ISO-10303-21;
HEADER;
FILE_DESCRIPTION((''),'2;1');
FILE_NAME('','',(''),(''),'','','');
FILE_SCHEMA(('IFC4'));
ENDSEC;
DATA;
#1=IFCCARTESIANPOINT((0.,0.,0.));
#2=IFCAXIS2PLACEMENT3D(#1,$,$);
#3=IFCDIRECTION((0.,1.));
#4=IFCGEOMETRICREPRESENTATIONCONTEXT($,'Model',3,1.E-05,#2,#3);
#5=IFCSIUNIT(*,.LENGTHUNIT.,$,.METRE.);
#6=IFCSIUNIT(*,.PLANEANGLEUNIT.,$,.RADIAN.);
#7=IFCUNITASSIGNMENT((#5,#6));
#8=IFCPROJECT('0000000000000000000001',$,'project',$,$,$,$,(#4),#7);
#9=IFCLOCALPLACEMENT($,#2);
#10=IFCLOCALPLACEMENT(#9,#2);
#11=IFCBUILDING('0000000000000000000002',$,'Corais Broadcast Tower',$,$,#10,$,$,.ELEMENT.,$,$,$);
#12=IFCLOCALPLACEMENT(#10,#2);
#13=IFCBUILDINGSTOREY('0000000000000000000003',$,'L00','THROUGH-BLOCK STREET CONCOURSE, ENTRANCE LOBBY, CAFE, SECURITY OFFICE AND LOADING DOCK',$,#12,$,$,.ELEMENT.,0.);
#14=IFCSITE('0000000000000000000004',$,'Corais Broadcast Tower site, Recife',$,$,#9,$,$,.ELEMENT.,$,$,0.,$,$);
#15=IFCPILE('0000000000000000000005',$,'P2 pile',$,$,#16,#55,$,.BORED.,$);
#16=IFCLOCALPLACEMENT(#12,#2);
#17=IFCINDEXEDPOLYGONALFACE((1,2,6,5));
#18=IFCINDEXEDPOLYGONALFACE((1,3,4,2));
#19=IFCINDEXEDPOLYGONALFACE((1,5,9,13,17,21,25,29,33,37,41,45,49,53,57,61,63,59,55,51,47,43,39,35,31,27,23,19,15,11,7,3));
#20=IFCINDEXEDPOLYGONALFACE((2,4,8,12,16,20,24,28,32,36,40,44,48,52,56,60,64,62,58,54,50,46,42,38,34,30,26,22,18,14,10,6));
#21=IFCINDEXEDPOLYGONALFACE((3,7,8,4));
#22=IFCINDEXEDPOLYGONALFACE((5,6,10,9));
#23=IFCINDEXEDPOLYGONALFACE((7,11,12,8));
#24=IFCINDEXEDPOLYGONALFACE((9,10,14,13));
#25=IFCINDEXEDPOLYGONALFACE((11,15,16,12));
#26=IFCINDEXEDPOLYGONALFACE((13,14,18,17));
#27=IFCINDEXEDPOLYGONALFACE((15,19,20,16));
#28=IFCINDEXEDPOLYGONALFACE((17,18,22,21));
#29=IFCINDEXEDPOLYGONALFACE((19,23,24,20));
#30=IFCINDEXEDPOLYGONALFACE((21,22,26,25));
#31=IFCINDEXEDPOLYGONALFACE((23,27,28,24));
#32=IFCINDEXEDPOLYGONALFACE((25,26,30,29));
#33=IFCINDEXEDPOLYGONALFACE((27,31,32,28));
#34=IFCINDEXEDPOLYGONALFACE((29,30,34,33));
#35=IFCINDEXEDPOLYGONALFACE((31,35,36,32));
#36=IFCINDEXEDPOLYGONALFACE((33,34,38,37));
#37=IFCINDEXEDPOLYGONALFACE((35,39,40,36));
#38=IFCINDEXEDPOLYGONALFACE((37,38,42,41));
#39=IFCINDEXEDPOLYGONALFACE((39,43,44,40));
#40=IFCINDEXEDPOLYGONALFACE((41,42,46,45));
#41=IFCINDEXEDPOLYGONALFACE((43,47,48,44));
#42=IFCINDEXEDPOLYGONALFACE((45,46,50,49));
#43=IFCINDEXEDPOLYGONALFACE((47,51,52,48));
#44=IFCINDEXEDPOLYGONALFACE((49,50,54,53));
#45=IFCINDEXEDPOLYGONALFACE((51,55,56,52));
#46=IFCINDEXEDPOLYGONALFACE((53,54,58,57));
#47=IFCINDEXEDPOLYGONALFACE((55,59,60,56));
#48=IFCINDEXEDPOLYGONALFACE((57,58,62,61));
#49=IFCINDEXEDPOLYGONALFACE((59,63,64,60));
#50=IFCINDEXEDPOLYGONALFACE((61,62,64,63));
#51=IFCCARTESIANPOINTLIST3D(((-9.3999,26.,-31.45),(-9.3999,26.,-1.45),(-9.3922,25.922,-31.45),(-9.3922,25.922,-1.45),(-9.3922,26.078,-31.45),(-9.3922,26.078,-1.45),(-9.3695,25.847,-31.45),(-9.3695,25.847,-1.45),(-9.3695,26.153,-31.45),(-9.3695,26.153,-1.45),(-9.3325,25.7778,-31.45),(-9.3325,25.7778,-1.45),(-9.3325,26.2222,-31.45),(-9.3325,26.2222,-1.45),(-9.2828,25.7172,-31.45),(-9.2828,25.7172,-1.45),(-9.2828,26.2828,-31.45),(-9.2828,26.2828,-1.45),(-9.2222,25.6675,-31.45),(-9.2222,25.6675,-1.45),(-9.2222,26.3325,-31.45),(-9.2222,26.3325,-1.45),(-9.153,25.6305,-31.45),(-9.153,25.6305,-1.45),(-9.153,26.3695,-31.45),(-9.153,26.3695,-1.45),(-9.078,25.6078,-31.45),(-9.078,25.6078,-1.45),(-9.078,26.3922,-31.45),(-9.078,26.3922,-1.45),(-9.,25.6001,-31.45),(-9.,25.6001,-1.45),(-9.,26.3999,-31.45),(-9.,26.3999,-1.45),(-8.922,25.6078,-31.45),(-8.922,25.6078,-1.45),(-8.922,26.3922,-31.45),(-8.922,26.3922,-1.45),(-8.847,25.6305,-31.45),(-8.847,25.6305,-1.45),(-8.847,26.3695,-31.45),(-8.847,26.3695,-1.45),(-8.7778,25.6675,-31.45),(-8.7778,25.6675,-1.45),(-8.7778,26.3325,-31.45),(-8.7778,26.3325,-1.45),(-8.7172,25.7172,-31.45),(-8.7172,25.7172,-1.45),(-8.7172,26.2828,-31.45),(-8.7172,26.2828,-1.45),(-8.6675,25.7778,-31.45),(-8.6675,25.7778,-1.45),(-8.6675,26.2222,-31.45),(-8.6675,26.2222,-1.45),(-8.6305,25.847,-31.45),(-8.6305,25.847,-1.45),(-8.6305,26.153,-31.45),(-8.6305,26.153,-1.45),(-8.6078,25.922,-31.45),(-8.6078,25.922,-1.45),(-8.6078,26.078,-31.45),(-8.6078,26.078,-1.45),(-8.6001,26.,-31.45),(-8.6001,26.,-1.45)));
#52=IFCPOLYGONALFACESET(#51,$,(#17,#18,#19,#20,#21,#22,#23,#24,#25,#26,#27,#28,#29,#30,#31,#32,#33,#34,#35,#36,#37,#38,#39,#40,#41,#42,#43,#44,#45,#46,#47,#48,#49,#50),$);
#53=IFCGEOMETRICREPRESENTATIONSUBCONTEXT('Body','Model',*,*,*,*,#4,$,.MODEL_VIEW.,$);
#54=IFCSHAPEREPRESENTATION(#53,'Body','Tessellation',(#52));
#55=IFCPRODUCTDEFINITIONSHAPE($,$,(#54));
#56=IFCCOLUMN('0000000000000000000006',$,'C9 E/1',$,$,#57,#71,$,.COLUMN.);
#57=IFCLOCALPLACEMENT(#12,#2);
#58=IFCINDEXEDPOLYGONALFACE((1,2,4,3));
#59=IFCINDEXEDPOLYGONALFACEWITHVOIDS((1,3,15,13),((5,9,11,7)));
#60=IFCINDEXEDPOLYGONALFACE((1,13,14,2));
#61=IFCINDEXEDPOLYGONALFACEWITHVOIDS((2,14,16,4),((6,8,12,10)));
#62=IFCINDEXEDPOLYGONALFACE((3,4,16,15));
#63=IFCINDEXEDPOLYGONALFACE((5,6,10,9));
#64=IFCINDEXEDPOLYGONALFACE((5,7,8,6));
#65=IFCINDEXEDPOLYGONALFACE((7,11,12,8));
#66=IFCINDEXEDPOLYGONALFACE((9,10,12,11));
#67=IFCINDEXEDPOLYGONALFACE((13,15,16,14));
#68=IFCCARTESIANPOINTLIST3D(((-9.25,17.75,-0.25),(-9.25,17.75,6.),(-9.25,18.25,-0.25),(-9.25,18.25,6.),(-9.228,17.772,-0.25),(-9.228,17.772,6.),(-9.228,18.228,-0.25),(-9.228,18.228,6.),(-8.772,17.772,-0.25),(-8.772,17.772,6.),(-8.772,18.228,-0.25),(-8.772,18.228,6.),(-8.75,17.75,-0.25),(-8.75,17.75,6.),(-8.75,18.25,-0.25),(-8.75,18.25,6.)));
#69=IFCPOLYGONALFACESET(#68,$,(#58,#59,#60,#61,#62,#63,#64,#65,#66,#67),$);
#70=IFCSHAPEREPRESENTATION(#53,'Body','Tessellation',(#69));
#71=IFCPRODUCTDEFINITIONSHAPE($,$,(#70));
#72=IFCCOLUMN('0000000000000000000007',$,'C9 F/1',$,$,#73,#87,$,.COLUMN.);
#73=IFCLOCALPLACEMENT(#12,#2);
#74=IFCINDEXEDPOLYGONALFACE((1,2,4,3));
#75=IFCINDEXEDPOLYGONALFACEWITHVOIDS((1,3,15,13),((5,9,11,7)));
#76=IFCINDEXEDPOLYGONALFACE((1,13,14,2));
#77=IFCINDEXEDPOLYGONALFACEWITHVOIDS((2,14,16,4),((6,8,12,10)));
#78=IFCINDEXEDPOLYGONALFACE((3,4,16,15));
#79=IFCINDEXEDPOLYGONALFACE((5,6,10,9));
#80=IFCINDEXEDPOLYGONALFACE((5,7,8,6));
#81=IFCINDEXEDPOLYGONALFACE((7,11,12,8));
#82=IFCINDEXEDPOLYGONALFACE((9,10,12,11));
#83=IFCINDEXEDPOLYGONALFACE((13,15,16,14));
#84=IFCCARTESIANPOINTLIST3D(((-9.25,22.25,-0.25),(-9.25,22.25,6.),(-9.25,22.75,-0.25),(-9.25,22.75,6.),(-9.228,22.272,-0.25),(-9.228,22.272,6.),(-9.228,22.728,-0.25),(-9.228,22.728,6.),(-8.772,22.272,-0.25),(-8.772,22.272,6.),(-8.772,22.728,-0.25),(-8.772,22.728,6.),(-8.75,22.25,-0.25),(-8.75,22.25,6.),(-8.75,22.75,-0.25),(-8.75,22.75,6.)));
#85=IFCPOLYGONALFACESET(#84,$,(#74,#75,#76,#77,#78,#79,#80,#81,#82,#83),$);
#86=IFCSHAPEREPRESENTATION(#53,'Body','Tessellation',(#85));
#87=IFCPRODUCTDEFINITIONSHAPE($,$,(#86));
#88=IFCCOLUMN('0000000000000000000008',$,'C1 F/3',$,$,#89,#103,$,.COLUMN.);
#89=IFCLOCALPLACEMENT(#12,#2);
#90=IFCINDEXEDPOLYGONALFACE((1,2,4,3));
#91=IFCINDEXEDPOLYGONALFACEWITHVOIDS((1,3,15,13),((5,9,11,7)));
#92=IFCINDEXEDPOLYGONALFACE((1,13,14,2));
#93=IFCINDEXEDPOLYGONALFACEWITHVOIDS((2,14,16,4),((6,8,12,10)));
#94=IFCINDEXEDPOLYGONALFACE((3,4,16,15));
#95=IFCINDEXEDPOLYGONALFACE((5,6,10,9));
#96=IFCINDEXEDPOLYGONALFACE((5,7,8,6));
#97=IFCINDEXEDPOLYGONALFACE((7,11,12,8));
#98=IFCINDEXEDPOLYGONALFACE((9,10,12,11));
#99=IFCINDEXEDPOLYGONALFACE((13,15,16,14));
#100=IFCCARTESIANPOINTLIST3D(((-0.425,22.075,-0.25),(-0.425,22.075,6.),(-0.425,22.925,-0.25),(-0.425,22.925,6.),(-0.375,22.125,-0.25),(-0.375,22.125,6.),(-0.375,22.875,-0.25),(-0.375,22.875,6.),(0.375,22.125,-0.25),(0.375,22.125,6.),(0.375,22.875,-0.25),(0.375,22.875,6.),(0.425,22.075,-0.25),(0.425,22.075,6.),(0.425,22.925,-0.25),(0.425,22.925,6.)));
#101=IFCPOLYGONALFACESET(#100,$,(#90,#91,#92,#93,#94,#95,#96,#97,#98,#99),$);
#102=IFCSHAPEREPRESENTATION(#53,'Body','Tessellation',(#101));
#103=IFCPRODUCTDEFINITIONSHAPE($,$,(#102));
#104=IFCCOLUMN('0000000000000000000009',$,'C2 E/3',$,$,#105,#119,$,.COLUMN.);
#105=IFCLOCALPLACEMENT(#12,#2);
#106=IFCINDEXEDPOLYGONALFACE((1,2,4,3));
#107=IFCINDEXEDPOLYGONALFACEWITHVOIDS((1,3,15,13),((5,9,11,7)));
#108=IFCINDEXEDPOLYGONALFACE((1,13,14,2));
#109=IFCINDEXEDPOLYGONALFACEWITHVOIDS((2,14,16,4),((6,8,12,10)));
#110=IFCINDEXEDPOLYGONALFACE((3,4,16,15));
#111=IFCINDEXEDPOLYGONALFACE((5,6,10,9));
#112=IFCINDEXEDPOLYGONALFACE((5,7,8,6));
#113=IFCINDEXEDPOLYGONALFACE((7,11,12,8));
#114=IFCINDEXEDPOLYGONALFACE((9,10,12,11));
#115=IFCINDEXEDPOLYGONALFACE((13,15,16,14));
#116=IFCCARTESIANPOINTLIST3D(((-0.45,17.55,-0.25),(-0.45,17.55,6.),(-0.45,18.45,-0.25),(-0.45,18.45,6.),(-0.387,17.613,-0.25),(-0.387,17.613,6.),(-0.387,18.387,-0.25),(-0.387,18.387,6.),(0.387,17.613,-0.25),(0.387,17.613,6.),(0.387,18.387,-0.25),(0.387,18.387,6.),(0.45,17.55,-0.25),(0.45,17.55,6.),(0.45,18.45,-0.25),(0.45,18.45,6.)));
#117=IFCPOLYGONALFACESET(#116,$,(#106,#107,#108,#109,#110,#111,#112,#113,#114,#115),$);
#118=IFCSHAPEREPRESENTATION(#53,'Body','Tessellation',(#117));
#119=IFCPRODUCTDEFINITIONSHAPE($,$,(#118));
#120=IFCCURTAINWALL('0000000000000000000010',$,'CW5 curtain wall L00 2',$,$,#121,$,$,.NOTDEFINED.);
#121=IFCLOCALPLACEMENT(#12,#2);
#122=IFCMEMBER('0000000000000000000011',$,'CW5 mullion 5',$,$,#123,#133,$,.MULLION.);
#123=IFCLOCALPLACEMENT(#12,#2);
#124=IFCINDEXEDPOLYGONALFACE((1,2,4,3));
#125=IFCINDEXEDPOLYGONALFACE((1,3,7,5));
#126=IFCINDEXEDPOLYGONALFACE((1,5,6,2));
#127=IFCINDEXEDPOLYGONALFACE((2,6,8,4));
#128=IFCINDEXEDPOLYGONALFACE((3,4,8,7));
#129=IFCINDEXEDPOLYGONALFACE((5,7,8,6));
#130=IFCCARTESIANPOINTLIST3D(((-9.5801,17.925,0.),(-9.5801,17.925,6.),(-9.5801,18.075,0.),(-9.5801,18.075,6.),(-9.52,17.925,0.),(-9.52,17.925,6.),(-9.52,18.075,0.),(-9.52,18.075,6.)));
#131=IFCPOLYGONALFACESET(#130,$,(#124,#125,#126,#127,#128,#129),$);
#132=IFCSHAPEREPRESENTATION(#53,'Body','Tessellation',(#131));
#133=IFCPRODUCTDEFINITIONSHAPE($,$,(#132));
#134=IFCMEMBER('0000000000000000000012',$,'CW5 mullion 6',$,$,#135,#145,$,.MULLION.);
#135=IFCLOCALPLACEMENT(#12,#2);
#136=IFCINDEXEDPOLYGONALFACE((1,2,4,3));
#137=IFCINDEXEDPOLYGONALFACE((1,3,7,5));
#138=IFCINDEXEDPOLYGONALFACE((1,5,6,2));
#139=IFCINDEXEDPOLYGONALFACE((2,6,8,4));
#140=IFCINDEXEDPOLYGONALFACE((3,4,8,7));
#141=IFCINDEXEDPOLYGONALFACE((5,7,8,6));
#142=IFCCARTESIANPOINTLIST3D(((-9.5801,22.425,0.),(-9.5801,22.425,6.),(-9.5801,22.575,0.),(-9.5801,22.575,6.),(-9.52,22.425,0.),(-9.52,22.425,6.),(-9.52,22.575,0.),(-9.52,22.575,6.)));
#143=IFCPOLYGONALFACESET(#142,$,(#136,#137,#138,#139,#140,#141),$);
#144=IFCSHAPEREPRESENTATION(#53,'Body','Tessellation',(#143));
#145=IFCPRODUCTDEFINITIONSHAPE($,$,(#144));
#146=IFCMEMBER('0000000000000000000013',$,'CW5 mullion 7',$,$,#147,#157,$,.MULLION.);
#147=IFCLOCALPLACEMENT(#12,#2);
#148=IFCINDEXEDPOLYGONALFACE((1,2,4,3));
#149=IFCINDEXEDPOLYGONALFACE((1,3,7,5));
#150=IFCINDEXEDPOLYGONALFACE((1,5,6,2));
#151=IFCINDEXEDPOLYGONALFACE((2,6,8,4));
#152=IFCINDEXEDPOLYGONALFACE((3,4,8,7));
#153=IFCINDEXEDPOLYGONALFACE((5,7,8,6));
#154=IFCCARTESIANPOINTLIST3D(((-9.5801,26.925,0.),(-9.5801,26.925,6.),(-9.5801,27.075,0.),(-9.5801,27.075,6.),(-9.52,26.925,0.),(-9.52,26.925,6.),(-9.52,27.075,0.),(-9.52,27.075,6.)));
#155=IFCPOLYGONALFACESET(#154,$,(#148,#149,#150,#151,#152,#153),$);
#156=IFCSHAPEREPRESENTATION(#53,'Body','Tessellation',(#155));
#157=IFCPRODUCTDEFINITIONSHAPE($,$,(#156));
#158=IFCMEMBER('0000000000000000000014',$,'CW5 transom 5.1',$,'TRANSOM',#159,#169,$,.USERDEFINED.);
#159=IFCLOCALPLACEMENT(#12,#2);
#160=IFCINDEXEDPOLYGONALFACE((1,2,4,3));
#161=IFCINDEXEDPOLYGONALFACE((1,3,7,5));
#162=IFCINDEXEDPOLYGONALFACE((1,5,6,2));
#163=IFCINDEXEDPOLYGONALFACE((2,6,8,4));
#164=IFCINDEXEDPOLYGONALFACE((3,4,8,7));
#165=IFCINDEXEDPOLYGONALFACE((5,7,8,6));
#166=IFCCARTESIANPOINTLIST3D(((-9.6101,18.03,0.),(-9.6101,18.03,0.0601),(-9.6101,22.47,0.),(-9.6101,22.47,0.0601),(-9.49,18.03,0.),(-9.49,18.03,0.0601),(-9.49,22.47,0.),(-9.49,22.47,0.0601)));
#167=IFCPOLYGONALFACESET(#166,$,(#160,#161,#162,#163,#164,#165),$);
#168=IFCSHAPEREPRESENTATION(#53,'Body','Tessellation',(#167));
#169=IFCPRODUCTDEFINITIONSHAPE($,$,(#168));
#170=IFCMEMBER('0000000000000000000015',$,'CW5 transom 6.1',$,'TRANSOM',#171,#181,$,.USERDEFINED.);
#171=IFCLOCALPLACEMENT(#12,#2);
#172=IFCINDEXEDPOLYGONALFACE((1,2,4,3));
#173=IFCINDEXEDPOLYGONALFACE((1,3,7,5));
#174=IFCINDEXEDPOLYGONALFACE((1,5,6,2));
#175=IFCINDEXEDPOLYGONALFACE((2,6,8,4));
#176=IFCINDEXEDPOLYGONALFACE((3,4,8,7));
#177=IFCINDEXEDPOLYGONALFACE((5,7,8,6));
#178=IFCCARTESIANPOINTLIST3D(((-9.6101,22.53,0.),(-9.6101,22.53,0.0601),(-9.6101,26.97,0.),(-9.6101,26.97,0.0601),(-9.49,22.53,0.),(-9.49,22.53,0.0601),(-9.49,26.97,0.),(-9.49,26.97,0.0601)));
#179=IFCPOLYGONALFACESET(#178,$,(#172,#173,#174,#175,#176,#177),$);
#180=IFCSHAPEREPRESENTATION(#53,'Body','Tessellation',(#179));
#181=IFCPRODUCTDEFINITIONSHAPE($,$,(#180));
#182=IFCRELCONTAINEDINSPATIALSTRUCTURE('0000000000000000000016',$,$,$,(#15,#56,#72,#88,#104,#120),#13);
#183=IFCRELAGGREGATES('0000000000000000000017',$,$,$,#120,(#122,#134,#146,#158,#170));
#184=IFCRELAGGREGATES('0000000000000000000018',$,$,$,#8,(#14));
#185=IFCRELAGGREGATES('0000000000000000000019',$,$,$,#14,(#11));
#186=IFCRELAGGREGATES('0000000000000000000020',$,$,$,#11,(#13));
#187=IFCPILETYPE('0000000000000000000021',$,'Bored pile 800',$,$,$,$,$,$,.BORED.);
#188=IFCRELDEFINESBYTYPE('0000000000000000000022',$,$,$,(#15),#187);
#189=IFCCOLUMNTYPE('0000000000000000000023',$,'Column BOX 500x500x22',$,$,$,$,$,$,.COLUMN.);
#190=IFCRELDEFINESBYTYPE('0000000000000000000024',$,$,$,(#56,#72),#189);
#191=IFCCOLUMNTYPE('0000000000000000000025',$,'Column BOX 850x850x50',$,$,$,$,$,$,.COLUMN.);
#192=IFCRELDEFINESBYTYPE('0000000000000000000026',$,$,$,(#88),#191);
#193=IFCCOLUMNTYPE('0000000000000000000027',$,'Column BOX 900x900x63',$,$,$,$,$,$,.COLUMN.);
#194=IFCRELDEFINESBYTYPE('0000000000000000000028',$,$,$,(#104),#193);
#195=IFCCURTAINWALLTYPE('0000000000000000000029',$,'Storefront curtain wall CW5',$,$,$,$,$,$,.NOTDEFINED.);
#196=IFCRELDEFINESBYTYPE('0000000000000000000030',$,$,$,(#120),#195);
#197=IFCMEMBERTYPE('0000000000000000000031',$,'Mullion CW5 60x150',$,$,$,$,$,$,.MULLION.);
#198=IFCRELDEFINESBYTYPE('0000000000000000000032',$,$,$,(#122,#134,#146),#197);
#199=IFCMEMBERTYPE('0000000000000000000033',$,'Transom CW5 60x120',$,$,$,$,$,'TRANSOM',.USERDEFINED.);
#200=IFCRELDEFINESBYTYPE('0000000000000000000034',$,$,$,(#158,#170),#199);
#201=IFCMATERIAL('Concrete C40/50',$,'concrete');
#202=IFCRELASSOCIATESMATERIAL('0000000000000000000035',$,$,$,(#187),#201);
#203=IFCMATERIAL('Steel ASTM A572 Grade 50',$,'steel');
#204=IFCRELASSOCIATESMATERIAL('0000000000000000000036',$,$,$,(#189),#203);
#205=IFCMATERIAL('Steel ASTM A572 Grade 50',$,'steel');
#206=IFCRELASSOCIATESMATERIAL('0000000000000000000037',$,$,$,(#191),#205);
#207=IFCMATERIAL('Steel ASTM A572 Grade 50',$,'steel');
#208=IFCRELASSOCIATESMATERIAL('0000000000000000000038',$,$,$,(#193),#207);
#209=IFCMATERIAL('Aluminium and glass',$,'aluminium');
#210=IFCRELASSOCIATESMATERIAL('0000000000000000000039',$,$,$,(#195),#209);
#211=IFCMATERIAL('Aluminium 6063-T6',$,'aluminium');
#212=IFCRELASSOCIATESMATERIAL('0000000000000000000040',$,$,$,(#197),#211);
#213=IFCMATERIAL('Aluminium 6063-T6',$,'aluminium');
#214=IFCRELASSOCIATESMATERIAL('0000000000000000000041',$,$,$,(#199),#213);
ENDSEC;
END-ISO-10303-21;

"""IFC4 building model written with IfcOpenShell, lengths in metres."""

from ifc_helpers import new_model, si_unit, direction, frame, origin, origin_2d, place, context, subcontext, project, spatial, rectangle, hollow_rectangle, circle, extrude, material, material_profile, profile_set, type_object, element, aggregate, save


model = new_model("IFC4")

# Units and contexts
model_context = context("Model", 3, precision=1e-05, world=origin(), true_north=direction((0.0, 1.0)))
body_context = subcontext(model_context, "Body", "Model", "MODEL_VIEW")
ifc_project = project(units=[si_unit("LENGTHUNIT", "METRE"), si_unit("PLANEANGLEUNIT", "RADIAN")], contexts=[model_context])

# Site, building, storey
site_placement = place(None, origin())
site = spatial("IfcSite", under=ifc_project, at=site_placement, Name="Corais Broadcast Tower site, Recife", CompositionType="ELEMENT", RefElevation=0.0)
building_placement = place(site_placement, origin())
building = spatial("IfcBuilding", under=site, at=building_placement, Name="Corais Broadcast Tower", CompositionType="ELEMENT")
storey_placement = place(building_placement, origin())
storey = spatial("IfcBuildingStorey", under=building, at=storey_placement, Name="L00", Description="THROUGH-BLOCK STREET CONCOURSE, ENTRANCE LOBBY, CAFE, SECURITY OFFICE AND LOADING DOCK", CompositionType="ELEMENT", Elevation=0.0)

# Pile
ifc_material_1 = material(Name="Concrete C40/50", Category="concrete")
pile_type_1 = type_object("IfcPileType", Name="Bored pile 800", PredefinedType="BORED", material=ifc_material_1)
for number, where, z_axis, x_axis, name in (
    (1, (-9.0, 26.0, -1.45), (0.0, 0.0, -1.0), (1.0, 0.0, 0.0), "P2 pile"),
):
    element("IfcPile", number, at=place(storey_placement, frame(where, z_axis=z_axis, x_axis=x_axis)), inside=storey, type_object=pile_type_1, Name=name, PredefinedType="BORED", context=body_context, shape_type="SweptSolid", body=[
        extrude(circle(Radius=0.3999, at=origin_2d()), origin(), (0.0, 0.0, 1.0), 30.0),
    ])

# Columns
ifc_material_2 = material(Name="Steel ASTM A572 Grade 50", Category="steel")
ifc_material_profile_1 = material_profile(ifc_material_2, hollow_rectangle(XDim=0.5, YDim=0.5, WallThickness=0.022, at=origin_2d()), Name="BOX 500x500x22")
ifc_profile_set_1 = profile_set([ifc_material_profile_1], Name="Steel ASTM A572 Grade 50")
column_type_1 = type_object("IfcColumnType", Name="Column BOX 500x500x22", PredefinedType="COLUMN", material=ifc_profile_set_1)
for number, where, z_axis, x_axis, name in (
    (2, (-9.0, 18.0, -0.25), (0.0, 0.0, 1.0), (1.0, 0.0, 0.0), "C9 E/1"),
    (3, (-9.0, 22.5, -0.25), (0.0, 0.0, 1.0), (1.0, 0.0, 0.0), "C9 F/1"),
):
    element("IfcColumn", number, at=place(storey_placement, frame(where, z_axis=z_axis, x_axis=x_axis)), inside=storey, type_object=column_type_1, Name=name, PredefinedType="COLUMN", context=body_context, shape_type="SweptSolid", body=[
        extrude(hollow_rectangle(XDim=0.5, YDim=0.5, WallThickness=0.022, at=origin_2d()), origin(), (0.0, 0.0, 1.0), 6.25),
    ])
ifc_material_3 = material(Name="Steel ASTM A572 Grade 50", Category="steel")
ifc_material_profile_2 = material_profile(ifc_material_3, hollow_rectangle(XDim=0.8501, YDim=0.8501, WallThickness=0.05, at=origin_2d()), Name="BOX 850x850x50")
ifc_profile_set_2 = profile_set([ifc_material_profile_2], Name="Steel ASTM A572 Grade 50")
column_type_2 = type_object("IfcColumnType", Name="Column BOX 850x850x50", PredefinedType="COLUMN", material=ifc_profile_set_2)
column_1_placement = place(storey_placement, frame((0.0, 22.5, -0.25), z_axis=(0.0, 0.0, 1.0), x_axis=(1.0, 0.0, 0.0)))
element("IfcColumn", 4, at=column_1_placement, inside=storey, type_object=column_type_2, Name="C1 F/3", PredefinedType="COLUMN", context=body_context, shape_type="SweptSolid", body=[
    extrude(hollow_rectangle(XDim=0.8501, YDim=0.8501, WallThickness=0.05, at=origin_2d()), origin(), (0.0, 0.0, 1.0), 6.25),
])
ifc_material_4 = material(Name="Steel ASTM A572 Grade 50", Category="steel")
ifc_material_profile_3 = material_profile(ifc_material_4, hollow_rectangle(XDim=0.8999, YDim=0.8999, WallThickness=0.063, at=origin_2d()), Name="BOX 900x900x63")
ifc_profile_set_3 = profile_set([ifc_material_profile_3], Name="Steel ASTM A572 Grade 50")
column_type_3 = type_object("IfcColumnType", Name="Column BOX 900x900x63", PredefinedType="COLUMN", material=ifc_profile_set_3)
column_2_placement = place(storey_placement, frame((0.0, 18.0, -0.25), z_axis=(0.0, 0.0, 1.0), x_axis=(1.0, 0.0, 0.0)))
element("IfcColumn", 5, at=column_2_placement, inside=storey, type_object=column_type_3, Name="C2 E/3", PredefinedType="COLUMN", context=body_context, shape_type="SweptSolid", body=[
    extrude(hollow_rectangle(XDim=0.8999, YDim=0.8999, WallThickness=0.063, at=origin_2d()), origin(), (0.0, 0.0, 1.0), 6.25),
])

# Curtain wall, members
ifc_material_5 = material(Name="Aluminium and glass", Category="aluminium")
curtain_wall_type = type_object("IfcCurtainWallType", Name="Storefront curtain wall CW5", PredefinedType="NOTDEFINED", material=ifc_material_5)
curtain_wall_placement = place(storey_placement, origin())
curtain_wall = element("IfcCurtainWall", 6, at=curtain_wall_placement, inside=storey, type_object=curtain_wall_type, Name="CW5 curtain wall L00 2", PredefinedType="NOTDEFINED")
ifc_material_6 = material(Name="Aluminium 6063-T6", Category="aluminium")
ifc_material_profile_4 = material_profile(ifc_material_6, rectangle(XDim=0.0601, YDim=0.1499, at=origin_2d()), Name="Mullion CW5 60x150")
ifc_profile_set_4 = profile_set([ifc_material_profile_4], Name="Aluminium 6063-T6")
member_type_1 = type_object("IfcMemberType", Name="Mullion CW5 60x150", PredefinedType="MULLION", material=ifc_profile_set_4)
member_1_placement = place(storey_placement, frame((-9.55, 18.0, 0.0), z_axis=(0.0, 0.0, 1.0), x_axis=(-1.0, 0.0, 0.0)))
member_1 = element("IfcMember", 7, at=member_1_placement, type_object=member_type_1, Name="CW5 mullion 5", PredefinedType="MULLION", context=body_context, shape_type="SweptSolid", body=[
    extrude(rectangle(XDim=0.0601, YDim=0.1499, at=origin_2d()), origin(), (0.0, 0.0, 1.0), 6.0),
])
member_2_placement = place(storey_placement, frame((-9.55, 22.5, 0.0), z_axis=(0.0, 0.0, 1.0), x_axis=(-1.0, 0.0, 0.0)))
member_2 = element("IfcMember", 8, at=member_2_placement, type_object=member_type_1, Name="CW5 mullion 6", PredefinedType="MULLION", context=body_context, shape_type="SweptSolid", body=[
    extrude(rectangle(XDim=0.0601, YDim=0.1499, at=origin_2d()), origin(), (0.0, 0.0, 1.0), 6.0),
])
member_3_placement = place(storey_placement, frame((-9.55, 27.0, 0.0), z_axis=(0.0, 0.0, 1.0), x_axis=(-1.0, 0.0, 0.0)))
member_3 = element("IfcMember", 9, at=member_3_placement, type_object=member_type_1, Name="CW5 mullion 7", PredefinedType="MULLION", context=body_context, shape_type="SweptSolid", body=[
    extrude(rectangle(XDim=0.0601, YDim=0.1499, at=origin_2d()), origin(), (0.0, 0.0, 1.0), 6.0),
])
ifc_material_7 = material(Name="Aluminium 6063-T6", Category="aluminium")
ifc_material_profile_5 = material_profile(ifc_material_7, rectangle(XDim=0.1201, YDim=0.0601, at=origin_2d()), Name="Transom CW5 60x120")
ifc_profile_set_5 = profile_set([ifc_material_profile_5], Name="Aluminium 6063-T6")
member_type_2 = type_object("IfcMemberType", Name="Transom CW5 60x120", ElementType="TRANSOM", PredefinedType="USERDEFINED", material=ifc_profile_set_5)
member_4_placement = place(storey_placement, frame((-9.55, 18.03, 0.03), z_axis=(0.0, 1.0, 0.0), x_axis=(-1.0, 0.0, 0.0)))
member_4 = element("IfcMember", 10, at=member_4_placement, type_object=member_type_2, Name="CW5 transom 5.1", ObjectType="TRANSOM", PredefinedType="USERDEFINED", context=body_context, shape_type="SweptSolid", body=[
    extrude(rectangle(XDim=0.1201, YDim=0.0601, at=origin_2d()), origin(), (0.0, 0.0, 1.0), 4.4399),
])
member_5_placement = place(storey_placement, frame((-9.55, 22.53, 0.03), z_axis=(0.0, 1.0, 0.0), x_axis=(-1.0, 0.0, 0.0)))
member_5 = element("IfcMember", 11, at=member_5_placement, type_object=member_type_2, Name="CW5 transom 6.1", ObjectType="TRANSOM", PredefinedType="USERDEFINED", context=body_context, shape_type="SweptSolid", body=[
    extrude(rectangle(XDim=0.1201, YDim=0.0601, at=origin_2d()), origin(), (0.0, 0.0, 1.0), 4.4399),
])
aggregate(curtain_wall, [member_1, member_2, member_3, member_4, member_5])

save(model, "model.ifc")
